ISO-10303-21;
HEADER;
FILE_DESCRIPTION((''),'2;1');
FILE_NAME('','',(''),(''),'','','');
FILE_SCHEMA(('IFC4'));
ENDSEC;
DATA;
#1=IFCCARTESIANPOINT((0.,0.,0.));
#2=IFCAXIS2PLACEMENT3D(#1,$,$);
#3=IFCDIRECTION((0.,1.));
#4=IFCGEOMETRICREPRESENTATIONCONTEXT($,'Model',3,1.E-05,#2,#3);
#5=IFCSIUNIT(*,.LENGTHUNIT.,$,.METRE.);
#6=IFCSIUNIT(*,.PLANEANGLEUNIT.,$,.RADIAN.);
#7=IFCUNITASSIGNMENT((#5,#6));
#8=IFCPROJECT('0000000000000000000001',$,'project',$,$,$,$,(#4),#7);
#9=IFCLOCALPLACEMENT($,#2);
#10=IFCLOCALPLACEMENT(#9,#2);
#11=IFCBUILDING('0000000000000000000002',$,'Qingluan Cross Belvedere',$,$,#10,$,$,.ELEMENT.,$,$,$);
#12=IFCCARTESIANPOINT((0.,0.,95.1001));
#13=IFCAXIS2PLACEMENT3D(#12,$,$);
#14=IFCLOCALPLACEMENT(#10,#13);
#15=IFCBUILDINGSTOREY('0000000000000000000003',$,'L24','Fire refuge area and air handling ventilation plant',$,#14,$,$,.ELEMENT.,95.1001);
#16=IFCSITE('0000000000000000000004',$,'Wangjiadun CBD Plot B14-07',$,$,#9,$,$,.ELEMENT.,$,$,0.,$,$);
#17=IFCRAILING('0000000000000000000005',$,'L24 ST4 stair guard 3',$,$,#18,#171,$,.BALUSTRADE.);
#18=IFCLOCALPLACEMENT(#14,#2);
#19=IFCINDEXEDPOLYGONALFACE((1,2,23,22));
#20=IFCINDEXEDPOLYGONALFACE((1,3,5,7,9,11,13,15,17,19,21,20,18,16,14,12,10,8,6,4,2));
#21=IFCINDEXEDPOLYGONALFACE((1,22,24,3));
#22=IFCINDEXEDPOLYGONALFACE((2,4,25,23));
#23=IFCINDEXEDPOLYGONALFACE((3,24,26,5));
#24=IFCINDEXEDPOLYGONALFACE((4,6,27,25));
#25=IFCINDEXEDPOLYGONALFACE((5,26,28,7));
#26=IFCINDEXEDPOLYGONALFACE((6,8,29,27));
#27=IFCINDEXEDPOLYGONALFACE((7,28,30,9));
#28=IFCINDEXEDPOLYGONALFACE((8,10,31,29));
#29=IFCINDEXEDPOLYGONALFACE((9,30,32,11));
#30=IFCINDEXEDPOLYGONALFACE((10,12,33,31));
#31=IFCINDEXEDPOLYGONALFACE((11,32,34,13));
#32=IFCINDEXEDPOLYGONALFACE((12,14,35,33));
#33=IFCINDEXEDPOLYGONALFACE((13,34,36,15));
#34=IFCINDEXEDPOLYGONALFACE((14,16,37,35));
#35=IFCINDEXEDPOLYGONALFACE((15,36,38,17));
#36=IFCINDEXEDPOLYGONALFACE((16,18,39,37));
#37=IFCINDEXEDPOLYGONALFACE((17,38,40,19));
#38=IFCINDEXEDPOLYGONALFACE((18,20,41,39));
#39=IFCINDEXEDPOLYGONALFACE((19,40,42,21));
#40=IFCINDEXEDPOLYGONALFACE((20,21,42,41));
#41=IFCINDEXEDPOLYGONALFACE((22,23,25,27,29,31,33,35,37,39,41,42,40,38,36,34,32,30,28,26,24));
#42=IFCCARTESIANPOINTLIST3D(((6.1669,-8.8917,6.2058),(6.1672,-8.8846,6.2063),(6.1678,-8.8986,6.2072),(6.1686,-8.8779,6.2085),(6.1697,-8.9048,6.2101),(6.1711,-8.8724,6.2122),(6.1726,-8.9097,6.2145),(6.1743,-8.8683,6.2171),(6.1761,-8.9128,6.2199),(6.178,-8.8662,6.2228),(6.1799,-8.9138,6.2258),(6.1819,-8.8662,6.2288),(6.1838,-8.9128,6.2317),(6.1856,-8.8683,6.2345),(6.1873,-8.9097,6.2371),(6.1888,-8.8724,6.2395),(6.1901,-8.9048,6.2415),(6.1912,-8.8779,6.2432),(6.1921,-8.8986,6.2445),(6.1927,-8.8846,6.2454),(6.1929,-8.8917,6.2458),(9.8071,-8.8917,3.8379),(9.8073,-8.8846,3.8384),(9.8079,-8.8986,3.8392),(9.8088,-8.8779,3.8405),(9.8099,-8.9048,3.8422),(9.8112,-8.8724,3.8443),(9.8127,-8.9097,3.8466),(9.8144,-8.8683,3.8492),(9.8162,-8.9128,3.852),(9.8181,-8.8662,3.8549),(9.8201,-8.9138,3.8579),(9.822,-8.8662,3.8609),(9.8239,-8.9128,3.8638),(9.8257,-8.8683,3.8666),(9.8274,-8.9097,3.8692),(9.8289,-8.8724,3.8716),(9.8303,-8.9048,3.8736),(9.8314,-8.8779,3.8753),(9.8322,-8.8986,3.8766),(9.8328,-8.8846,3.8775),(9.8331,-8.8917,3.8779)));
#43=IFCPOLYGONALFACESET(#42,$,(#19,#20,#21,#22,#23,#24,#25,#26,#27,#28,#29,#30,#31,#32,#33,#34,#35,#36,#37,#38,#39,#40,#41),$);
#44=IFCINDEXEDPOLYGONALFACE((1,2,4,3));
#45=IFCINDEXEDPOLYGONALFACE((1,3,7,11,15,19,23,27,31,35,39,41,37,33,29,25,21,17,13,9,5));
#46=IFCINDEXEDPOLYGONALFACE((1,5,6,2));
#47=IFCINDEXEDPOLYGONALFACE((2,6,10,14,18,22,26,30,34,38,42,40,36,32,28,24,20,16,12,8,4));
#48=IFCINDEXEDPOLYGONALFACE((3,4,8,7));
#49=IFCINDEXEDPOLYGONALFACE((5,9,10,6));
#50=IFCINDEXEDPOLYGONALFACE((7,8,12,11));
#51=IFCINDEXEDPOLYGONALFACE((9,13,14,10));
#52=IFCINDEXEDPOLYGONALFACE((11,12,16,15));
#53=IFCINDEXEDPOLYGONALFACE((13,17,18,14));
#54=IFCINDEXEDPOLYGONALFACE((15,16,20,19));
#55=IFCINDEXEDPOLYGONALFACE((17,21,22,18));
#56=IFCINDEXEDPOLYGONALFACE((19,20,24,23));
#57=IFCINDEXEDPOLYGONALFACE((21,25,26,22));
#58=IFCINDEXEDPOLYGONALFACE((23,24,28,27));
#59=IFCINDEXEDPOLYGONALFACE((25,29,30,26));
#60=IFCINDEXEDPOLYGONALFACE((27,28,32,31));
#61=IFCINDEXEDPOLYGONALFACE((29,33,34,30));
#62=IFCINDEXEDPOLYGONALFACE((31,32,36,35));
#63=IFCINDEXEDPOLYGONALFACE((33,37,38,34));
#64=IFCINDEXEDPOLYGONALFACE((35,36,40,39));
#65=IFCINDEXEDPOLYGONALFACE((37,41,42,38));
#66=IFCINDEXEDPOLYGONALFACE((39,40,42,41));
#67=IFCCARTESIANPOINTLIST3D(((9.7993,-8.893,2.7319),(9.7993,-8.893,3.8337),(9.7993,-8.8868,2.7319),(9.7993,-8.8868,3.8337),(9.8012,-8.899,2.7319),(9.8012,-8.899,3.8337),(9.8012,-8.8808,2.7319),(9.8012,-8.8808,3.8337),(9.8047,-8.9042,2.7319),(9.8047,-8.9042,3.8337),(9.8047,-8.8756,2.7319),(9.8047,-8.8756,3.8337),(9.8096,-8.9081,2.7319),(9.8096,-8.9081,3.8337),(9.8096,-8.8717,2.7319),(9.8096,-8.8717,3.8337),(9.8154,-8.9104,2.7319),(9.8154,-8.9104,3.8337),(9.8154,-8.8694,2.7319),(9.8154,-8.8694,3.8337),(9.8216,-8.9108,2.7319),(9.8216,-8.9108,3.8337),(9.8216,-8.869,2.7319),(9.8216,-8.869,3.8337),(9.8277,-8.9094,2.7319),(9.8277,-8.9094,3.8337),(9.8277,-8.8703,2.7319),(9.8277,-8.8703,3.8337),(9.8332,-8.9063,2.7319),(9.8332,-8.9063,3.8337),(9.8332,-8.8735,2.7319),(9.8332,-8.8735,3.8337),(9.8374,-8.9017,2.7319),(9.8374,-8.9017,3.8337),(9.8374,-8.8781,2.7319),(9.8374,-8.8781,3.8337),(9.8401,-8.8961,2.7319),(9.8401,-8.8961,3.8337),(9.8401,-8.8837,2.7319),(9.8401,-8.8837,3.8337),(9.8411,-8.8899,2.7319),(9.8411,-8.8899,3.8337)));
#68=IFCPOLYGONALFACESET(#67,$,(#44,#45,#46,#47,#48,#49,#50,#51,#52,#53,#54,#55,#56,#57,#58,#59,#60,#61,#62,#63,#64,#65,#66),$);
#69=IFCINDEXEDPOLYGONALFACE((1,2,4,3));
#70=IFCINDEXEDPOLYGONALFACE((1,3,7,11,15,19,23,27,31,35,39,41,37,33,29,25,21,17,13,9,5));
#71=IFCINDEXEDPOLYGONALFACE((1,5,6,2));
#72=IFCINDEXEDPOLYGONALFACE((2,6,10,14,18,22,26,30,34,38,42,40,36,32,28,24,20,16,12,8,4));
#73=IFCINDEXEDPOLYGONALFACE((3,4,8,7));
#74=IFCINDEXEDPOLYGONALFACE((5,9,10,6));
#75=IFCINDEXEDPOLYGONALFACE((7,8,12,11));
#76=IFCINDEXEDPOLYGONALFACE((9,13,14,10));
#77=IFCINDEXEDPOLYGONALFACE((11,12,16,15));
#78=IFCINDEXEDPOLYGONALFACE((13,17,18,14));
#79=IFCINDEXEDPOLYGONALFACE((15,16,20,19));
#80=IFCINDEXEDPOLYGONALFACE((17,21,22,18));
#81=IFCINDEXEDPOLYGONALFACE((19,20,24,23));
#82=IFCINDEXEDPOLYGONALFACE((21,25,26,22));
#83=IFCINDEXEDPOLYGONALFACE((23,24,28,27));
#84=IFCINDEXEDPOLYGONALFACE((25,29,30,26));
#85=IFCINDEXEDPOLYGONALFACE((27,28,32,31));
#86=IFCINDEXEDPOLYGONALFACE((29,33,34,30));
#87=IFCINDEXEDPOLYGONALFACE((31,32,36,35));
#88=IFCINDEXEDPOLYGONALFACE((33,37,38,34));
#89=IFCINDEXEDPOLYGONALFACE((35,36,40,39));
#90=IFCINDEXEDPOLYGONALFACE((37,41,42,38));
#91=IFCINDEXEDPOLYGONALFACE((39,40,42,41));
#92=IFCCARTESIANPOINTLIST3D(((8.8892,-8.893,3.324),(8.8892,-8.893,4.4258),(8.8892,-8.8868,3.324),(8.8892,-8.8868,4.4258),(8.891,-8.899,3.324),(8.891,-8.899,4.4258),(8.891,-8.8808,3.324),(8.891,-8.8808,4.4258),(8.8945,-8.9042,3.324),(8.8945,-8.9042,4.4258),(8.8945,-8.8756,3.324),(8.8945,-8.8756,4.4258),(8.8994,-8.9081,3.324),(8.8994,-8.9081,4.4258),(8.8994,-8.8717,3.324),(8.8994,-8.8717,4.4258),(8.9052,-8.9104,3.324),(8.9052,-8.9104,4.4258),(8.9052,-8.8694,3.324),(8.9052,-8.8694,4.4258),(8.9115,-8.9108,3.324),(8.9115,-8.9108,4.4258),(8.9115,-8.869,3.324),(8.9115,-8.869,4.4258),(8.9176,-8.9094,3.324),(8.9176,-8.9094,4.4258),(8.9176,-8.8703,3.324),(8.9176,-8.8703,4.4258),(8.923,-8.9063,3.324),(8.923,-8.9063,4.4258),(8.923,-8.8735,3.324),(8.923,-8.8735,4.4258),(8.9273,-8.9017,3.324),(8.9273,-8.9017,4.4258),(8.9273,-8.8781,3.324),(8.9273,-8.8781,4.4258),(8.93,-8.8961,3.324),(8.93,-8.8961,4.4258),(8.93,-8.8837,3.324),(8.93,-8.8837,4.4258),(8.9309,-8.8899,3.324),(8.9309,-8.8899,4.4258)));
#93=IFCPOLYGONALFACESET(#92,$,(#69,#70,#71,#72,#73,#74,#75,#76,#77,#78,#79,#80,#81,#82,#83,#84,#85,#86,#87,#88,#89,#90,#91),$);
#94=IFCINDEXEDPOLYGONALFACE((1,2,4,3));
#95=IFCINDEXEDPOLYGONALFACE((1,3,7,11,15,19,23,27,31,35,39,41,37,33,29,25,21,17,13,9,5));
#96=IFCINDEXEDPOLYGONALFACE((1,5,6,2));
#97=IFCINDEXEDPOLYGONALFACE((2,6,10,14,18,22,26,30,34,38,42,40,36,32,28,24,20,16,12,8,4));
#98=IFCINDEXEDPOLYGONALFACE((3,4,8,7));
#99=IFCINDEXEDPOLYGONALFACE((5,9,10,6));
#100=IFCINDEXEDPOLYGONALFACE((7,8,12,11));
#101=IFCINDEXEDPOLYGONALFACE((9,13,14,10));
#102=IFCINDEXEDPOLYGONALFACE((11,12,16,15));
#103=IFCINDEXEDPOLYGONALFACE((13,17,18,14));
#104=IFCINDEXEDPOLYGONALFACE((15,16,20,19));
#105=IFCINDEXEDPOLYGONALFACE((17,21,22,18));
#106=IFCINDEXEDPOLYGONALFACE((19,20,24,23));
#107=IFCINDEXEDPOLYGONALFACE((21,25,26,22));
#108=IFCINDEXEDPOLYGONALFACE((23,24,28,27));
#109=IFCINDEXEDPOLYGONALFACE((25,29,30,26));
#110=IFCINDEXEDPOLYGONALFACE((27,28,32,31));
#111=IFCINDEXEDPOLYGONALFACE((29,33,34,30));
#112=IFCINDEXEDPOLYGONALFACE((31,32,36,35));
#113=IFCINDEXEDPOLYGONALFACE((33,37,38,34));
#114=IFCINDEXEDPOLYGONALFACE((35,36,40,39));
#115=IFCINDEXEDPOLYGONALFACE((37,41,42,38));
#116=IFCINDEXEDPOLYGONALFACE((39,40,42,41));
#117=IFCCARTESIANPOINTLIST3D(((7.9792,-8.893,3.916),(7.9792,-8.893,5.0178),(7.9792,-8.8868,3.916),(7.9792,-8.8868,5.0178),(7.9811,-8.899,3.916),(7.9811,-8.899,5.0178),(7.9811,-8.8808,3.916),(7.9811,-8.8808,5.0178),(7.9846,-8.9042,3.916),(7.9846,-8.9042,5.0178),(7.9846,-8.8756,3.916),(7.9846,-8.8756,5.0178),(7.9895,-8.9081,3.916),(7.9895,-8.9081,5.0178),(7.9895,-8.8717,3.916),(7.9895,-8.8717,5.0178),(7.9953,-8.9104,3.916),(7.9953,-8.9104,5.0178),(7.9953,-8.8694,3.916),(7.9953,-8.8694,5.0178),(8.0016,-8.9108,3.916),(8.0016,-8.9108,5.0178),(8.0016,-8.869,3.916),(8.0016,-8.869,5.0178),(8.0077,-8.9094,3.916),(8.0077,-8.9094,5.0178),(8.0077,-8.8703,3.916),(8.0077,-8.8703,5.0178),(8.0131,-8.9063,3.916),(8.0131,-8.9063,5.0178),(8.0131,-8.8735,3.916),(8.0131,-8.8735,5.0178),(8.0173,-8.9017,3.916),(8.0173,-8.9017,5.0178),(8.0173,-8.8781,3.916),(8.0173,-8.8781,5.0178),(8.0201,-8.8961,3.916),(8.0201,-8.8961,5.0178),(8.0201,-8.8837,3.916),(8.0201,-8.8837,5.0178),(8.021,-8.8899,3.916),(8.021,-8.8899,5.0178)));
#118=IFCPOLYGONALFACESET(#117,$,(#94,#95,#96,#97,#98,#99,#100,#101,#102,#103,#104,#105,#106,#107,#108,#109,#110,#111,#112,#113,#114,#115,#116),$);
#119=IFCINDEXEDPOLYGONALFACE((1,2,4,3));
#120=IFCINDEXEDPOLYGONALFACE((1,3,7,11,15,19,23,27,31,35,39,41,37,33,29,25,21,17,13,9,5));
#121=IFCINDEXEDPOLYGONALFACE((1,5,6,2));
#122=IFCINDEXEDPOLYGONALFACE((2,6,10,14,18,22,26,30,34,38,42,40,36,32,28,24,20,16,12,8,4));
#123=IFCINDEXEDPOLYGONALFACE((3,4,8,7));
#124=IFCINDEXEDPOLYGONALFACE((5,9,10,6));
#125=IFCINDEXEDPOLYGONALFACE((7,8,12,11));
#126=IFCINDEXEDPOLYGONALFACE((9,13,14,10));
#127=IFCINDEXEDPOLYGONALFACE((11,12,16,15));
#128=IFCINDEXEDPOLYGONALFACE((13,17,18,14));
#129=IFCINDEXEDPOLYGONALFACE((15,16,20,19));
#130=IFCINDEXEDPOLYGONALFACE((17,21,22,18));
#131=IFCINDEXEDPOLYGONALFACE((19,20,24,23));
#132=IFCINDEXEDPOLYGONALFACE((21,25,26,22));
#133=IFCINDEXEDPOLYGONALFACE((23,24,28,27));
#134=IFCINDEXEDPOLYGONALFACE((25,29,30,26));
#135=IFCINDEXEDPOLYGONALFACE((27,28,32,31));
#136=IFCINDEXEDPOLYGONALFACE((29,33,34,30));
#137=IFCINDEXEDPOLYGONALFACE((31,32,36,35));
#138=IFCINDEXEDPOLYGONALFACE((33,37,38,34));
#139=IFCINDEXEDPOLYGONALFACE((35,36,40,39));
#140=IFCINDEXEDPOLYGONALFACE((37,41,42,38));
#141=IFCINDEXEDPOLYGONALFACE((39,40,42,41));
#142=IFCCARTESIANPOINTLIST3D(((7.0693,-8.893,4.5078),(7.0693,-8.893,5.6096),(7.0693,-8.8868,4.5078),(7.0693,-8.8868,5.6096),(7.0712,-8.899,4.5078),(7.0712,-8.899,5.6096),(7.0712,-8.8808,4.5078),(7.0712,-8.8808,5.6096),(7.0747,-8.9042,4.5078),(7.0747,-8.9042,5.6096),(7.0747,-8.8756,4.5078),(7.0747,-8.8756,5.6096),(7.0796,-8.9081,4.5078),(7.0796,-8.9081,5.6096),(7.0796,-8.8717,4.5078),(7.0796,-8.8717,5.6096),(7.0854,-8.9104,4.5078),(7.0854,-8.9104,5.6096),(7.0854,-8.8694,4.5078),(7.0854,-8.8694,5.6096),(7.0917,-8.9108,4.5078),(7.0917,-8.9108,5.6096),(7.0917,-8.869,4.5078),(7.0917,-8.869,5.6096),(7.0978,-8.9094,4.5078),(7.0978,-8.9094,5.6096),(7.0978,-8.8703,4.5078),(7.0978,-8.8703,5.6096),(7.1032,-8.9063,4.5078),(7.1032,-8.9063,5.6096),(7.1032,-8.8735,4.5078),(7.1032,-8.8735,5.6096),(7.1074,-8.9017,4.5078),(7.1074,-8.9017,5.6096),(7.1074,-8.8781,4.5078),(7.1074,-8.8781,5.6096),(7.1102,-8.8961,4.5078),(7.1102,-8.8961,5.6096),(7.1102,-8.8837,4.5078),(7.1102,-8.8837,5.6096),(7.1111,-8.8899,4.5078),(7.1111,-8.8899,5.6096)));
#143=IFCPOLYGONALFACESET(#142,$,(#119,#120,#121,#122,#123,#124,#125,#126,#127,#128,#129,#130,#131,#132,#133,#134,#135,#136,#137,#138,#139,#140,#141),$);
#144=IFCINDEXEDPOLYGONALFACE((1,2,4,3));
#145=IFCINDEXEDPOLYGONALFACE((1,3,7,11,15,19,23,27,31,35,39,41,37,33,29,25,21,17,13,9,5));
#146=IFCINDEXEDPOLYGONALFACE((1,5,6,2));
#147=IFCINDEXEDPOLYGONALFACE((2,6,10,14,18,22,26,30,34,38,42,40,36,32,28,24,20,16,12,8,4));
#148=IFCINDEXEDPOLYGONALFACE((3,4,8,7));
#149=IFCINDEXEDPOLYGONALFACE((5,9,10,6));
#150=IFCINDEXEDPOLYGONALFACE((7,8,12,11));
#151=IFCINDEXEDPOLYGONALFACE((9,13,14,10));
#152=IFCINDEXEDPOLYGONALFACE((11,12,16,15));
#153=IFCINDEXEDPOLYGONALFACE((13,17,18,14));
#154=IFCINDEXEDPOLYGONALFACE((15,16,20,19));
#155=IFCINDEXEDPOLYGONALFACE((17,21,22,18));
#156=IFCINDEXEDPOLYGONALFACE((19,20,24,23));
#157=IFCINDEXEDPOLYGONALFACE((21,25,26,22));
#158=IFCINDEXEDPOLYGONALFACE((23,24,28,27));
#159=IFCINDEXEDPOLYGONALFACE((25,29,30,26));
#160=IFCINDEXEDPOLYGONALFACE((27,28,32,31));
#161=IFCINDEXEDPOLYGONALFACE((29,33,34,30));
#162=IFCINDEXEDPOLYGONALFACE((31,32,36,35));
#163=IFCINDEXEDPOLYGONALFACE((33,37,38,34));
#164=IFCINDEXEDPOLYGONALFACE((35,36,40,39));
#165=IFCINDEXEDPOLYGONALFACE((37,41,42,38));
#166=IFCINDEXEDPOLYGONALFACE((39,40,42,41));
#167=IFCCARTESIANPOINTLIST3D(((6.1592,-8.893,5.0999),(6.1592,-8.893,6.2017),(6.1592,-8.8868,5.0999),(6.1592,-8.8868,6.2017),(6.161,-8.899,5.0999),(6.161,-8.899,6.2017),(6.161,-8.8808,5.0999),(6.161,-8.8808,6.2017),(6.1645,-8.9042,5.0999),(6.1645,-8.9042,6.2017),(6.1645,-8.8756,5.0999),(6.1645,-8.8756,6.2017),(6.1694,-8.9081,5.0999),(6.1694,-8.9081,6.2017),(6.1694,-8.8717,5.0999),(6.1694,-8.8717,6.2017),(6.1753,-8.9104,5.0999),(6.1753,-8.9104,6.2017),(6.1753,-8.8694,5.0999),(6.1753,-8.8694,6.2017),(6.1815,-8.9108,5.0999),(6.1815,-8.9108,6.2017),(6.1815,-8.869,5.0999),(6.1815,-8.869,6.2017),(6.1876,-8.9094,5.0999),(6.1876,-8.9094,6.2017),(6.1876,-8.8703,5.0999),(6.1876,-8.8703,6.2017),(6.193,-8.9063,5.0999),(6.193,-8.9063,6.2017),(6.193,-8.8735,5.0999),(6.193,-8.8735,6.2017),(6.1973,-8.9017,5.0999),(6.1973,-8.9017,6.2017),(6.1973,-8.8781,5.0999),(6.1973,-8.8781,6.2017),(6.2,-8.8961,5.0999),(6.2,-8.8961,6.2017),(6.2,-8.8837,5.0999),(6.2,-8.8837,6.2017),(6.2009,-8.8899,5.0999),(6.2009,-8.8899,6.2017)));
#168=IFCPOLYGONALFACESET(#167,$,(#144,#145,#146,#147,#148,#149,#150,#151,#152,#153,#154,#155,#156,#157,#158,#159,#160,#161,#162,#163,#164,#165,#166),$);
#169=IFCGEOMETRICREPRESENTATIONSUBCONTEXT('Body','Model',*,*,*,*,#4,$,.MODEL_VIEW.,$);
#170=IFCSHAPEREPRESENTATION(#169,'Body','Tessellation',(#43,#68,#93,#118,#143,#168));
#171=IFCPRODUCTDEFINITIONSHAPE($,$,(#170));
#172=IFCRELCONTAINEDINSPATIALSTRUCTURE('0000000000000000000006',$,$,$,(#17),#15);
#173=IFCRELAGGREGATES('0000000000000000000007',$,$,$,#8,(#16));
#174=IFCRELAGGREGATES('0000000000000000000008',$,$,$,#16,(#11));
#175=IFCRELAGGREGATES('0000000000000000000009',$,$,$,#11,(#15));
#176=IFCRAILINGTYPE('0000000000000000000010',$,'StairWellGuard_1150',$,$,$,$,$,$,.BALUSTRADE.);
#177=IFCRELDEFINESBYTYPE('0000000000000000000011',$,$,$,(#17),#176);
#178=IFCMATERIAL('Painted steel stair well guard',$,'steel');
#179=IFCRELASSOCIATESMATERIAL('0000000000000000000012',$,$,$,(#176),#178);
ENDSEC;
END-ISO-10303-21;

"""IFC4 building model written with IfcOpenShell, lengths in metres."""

from ifc_helpers import new_model, si_unit, direction, frame, origin, origin_2d, place, context, subcontext, project, spatial, circle, extrude, material, type_object, element, save


model = new_model("IFC4")

# Units and contexts
model_context = context("Model", 3, precision=1e-05, world=origin(), true_north=direction((0.0, 1.0)))
body_context = subcontext(model_context, "Body", "Model", "MODEL_VIEW")
ifc_project = project(units=[si_unit("LENGTHUNIT", "METRE"), si_unit("PLANEANGLEUNIT", "RADIAN")], contexts=[model_context])

# Site, building, storey
site_placement = place(None, origin())
site = spatial("IfcSite", under=ifc_project, at=site_placement, Name="Wangjiadun CBD Plot B14-07", CompositionType="ELEMENT", RefElevation=0.0)
building_placement = place(site_placement, origin())
building = spatial("IfcBuilding", under=site, at=building_placement, Name="Qingluan Cross Belvedere", CompositionType="ELEMENT")
storey_placement = place(building_placement, frame((0.0, 0.0, 95.1001)))
storey = spatial("IfcBuildingStorey", under=building, at=storey_placement, Name="L24", Description="Fire refuge area and air handling ventilation plant", CompositionType="ELEMENT", Elevation=95.1001)

# Railing
ifc_material_1 = material(Name="Painted steel stair well guard", Category="steel")
railing_type_1 = type_object("IfcRailingType", Name="StairWellGuard_1150", PredefinedType="BALUSTRADE", material=ifc_material_1)
railing_1_placement = place(storey_placement, frame((9.8201, -8.8899, 2.7319)))
element("IfcRailing", 1, at=railing_1_placement, inside=storey, type_object=railing_type_1, Name="L24 ST4 stair guard 3", PredefinedType="BALUSTRADE", context=body_context, shape_type="SweptSolid", body=[
    extrude(circle(Radius=0.0239, at=origin_2d()), frame((0.0, 0.0, 1.126), z_axis=(-0.838251, 0.0, 0.545285), x_axis=(0.0, -1.0, 0.0)), (0.0, 0.0, 1.0), 4.3425),
    extrude(circle(Radius=0.021, at=origin_2d()), origin(), (0.0, 0.0, 1.0), 1.1018),
    extrude(circle(Radius=0.021, at=origin_2d()), frame((-0.9102, 0.0, 0.592)), (0.0, 0.0, 1.0), 1.1018),
    extrude(circle(Radius=0.021, at=origin_2d()), frame((-1.8201, 0.0, 1.1841)), (0.0, 0.0, 1.0), 1.1018),
    extrude(circle(Radius=0.021, at=origin_2d()), frame((-2.73, 0.0, 1.7759)), (0.0, 0.0, 1.0), 1.1018),
    extrude(circle(Radius=0.021, at=origin_2d()), frame((-3.6401, 0.0, 2.3679)), (0.0, 0.0, 1.0), 1.1018),
])

save(model, "model.ifc")
